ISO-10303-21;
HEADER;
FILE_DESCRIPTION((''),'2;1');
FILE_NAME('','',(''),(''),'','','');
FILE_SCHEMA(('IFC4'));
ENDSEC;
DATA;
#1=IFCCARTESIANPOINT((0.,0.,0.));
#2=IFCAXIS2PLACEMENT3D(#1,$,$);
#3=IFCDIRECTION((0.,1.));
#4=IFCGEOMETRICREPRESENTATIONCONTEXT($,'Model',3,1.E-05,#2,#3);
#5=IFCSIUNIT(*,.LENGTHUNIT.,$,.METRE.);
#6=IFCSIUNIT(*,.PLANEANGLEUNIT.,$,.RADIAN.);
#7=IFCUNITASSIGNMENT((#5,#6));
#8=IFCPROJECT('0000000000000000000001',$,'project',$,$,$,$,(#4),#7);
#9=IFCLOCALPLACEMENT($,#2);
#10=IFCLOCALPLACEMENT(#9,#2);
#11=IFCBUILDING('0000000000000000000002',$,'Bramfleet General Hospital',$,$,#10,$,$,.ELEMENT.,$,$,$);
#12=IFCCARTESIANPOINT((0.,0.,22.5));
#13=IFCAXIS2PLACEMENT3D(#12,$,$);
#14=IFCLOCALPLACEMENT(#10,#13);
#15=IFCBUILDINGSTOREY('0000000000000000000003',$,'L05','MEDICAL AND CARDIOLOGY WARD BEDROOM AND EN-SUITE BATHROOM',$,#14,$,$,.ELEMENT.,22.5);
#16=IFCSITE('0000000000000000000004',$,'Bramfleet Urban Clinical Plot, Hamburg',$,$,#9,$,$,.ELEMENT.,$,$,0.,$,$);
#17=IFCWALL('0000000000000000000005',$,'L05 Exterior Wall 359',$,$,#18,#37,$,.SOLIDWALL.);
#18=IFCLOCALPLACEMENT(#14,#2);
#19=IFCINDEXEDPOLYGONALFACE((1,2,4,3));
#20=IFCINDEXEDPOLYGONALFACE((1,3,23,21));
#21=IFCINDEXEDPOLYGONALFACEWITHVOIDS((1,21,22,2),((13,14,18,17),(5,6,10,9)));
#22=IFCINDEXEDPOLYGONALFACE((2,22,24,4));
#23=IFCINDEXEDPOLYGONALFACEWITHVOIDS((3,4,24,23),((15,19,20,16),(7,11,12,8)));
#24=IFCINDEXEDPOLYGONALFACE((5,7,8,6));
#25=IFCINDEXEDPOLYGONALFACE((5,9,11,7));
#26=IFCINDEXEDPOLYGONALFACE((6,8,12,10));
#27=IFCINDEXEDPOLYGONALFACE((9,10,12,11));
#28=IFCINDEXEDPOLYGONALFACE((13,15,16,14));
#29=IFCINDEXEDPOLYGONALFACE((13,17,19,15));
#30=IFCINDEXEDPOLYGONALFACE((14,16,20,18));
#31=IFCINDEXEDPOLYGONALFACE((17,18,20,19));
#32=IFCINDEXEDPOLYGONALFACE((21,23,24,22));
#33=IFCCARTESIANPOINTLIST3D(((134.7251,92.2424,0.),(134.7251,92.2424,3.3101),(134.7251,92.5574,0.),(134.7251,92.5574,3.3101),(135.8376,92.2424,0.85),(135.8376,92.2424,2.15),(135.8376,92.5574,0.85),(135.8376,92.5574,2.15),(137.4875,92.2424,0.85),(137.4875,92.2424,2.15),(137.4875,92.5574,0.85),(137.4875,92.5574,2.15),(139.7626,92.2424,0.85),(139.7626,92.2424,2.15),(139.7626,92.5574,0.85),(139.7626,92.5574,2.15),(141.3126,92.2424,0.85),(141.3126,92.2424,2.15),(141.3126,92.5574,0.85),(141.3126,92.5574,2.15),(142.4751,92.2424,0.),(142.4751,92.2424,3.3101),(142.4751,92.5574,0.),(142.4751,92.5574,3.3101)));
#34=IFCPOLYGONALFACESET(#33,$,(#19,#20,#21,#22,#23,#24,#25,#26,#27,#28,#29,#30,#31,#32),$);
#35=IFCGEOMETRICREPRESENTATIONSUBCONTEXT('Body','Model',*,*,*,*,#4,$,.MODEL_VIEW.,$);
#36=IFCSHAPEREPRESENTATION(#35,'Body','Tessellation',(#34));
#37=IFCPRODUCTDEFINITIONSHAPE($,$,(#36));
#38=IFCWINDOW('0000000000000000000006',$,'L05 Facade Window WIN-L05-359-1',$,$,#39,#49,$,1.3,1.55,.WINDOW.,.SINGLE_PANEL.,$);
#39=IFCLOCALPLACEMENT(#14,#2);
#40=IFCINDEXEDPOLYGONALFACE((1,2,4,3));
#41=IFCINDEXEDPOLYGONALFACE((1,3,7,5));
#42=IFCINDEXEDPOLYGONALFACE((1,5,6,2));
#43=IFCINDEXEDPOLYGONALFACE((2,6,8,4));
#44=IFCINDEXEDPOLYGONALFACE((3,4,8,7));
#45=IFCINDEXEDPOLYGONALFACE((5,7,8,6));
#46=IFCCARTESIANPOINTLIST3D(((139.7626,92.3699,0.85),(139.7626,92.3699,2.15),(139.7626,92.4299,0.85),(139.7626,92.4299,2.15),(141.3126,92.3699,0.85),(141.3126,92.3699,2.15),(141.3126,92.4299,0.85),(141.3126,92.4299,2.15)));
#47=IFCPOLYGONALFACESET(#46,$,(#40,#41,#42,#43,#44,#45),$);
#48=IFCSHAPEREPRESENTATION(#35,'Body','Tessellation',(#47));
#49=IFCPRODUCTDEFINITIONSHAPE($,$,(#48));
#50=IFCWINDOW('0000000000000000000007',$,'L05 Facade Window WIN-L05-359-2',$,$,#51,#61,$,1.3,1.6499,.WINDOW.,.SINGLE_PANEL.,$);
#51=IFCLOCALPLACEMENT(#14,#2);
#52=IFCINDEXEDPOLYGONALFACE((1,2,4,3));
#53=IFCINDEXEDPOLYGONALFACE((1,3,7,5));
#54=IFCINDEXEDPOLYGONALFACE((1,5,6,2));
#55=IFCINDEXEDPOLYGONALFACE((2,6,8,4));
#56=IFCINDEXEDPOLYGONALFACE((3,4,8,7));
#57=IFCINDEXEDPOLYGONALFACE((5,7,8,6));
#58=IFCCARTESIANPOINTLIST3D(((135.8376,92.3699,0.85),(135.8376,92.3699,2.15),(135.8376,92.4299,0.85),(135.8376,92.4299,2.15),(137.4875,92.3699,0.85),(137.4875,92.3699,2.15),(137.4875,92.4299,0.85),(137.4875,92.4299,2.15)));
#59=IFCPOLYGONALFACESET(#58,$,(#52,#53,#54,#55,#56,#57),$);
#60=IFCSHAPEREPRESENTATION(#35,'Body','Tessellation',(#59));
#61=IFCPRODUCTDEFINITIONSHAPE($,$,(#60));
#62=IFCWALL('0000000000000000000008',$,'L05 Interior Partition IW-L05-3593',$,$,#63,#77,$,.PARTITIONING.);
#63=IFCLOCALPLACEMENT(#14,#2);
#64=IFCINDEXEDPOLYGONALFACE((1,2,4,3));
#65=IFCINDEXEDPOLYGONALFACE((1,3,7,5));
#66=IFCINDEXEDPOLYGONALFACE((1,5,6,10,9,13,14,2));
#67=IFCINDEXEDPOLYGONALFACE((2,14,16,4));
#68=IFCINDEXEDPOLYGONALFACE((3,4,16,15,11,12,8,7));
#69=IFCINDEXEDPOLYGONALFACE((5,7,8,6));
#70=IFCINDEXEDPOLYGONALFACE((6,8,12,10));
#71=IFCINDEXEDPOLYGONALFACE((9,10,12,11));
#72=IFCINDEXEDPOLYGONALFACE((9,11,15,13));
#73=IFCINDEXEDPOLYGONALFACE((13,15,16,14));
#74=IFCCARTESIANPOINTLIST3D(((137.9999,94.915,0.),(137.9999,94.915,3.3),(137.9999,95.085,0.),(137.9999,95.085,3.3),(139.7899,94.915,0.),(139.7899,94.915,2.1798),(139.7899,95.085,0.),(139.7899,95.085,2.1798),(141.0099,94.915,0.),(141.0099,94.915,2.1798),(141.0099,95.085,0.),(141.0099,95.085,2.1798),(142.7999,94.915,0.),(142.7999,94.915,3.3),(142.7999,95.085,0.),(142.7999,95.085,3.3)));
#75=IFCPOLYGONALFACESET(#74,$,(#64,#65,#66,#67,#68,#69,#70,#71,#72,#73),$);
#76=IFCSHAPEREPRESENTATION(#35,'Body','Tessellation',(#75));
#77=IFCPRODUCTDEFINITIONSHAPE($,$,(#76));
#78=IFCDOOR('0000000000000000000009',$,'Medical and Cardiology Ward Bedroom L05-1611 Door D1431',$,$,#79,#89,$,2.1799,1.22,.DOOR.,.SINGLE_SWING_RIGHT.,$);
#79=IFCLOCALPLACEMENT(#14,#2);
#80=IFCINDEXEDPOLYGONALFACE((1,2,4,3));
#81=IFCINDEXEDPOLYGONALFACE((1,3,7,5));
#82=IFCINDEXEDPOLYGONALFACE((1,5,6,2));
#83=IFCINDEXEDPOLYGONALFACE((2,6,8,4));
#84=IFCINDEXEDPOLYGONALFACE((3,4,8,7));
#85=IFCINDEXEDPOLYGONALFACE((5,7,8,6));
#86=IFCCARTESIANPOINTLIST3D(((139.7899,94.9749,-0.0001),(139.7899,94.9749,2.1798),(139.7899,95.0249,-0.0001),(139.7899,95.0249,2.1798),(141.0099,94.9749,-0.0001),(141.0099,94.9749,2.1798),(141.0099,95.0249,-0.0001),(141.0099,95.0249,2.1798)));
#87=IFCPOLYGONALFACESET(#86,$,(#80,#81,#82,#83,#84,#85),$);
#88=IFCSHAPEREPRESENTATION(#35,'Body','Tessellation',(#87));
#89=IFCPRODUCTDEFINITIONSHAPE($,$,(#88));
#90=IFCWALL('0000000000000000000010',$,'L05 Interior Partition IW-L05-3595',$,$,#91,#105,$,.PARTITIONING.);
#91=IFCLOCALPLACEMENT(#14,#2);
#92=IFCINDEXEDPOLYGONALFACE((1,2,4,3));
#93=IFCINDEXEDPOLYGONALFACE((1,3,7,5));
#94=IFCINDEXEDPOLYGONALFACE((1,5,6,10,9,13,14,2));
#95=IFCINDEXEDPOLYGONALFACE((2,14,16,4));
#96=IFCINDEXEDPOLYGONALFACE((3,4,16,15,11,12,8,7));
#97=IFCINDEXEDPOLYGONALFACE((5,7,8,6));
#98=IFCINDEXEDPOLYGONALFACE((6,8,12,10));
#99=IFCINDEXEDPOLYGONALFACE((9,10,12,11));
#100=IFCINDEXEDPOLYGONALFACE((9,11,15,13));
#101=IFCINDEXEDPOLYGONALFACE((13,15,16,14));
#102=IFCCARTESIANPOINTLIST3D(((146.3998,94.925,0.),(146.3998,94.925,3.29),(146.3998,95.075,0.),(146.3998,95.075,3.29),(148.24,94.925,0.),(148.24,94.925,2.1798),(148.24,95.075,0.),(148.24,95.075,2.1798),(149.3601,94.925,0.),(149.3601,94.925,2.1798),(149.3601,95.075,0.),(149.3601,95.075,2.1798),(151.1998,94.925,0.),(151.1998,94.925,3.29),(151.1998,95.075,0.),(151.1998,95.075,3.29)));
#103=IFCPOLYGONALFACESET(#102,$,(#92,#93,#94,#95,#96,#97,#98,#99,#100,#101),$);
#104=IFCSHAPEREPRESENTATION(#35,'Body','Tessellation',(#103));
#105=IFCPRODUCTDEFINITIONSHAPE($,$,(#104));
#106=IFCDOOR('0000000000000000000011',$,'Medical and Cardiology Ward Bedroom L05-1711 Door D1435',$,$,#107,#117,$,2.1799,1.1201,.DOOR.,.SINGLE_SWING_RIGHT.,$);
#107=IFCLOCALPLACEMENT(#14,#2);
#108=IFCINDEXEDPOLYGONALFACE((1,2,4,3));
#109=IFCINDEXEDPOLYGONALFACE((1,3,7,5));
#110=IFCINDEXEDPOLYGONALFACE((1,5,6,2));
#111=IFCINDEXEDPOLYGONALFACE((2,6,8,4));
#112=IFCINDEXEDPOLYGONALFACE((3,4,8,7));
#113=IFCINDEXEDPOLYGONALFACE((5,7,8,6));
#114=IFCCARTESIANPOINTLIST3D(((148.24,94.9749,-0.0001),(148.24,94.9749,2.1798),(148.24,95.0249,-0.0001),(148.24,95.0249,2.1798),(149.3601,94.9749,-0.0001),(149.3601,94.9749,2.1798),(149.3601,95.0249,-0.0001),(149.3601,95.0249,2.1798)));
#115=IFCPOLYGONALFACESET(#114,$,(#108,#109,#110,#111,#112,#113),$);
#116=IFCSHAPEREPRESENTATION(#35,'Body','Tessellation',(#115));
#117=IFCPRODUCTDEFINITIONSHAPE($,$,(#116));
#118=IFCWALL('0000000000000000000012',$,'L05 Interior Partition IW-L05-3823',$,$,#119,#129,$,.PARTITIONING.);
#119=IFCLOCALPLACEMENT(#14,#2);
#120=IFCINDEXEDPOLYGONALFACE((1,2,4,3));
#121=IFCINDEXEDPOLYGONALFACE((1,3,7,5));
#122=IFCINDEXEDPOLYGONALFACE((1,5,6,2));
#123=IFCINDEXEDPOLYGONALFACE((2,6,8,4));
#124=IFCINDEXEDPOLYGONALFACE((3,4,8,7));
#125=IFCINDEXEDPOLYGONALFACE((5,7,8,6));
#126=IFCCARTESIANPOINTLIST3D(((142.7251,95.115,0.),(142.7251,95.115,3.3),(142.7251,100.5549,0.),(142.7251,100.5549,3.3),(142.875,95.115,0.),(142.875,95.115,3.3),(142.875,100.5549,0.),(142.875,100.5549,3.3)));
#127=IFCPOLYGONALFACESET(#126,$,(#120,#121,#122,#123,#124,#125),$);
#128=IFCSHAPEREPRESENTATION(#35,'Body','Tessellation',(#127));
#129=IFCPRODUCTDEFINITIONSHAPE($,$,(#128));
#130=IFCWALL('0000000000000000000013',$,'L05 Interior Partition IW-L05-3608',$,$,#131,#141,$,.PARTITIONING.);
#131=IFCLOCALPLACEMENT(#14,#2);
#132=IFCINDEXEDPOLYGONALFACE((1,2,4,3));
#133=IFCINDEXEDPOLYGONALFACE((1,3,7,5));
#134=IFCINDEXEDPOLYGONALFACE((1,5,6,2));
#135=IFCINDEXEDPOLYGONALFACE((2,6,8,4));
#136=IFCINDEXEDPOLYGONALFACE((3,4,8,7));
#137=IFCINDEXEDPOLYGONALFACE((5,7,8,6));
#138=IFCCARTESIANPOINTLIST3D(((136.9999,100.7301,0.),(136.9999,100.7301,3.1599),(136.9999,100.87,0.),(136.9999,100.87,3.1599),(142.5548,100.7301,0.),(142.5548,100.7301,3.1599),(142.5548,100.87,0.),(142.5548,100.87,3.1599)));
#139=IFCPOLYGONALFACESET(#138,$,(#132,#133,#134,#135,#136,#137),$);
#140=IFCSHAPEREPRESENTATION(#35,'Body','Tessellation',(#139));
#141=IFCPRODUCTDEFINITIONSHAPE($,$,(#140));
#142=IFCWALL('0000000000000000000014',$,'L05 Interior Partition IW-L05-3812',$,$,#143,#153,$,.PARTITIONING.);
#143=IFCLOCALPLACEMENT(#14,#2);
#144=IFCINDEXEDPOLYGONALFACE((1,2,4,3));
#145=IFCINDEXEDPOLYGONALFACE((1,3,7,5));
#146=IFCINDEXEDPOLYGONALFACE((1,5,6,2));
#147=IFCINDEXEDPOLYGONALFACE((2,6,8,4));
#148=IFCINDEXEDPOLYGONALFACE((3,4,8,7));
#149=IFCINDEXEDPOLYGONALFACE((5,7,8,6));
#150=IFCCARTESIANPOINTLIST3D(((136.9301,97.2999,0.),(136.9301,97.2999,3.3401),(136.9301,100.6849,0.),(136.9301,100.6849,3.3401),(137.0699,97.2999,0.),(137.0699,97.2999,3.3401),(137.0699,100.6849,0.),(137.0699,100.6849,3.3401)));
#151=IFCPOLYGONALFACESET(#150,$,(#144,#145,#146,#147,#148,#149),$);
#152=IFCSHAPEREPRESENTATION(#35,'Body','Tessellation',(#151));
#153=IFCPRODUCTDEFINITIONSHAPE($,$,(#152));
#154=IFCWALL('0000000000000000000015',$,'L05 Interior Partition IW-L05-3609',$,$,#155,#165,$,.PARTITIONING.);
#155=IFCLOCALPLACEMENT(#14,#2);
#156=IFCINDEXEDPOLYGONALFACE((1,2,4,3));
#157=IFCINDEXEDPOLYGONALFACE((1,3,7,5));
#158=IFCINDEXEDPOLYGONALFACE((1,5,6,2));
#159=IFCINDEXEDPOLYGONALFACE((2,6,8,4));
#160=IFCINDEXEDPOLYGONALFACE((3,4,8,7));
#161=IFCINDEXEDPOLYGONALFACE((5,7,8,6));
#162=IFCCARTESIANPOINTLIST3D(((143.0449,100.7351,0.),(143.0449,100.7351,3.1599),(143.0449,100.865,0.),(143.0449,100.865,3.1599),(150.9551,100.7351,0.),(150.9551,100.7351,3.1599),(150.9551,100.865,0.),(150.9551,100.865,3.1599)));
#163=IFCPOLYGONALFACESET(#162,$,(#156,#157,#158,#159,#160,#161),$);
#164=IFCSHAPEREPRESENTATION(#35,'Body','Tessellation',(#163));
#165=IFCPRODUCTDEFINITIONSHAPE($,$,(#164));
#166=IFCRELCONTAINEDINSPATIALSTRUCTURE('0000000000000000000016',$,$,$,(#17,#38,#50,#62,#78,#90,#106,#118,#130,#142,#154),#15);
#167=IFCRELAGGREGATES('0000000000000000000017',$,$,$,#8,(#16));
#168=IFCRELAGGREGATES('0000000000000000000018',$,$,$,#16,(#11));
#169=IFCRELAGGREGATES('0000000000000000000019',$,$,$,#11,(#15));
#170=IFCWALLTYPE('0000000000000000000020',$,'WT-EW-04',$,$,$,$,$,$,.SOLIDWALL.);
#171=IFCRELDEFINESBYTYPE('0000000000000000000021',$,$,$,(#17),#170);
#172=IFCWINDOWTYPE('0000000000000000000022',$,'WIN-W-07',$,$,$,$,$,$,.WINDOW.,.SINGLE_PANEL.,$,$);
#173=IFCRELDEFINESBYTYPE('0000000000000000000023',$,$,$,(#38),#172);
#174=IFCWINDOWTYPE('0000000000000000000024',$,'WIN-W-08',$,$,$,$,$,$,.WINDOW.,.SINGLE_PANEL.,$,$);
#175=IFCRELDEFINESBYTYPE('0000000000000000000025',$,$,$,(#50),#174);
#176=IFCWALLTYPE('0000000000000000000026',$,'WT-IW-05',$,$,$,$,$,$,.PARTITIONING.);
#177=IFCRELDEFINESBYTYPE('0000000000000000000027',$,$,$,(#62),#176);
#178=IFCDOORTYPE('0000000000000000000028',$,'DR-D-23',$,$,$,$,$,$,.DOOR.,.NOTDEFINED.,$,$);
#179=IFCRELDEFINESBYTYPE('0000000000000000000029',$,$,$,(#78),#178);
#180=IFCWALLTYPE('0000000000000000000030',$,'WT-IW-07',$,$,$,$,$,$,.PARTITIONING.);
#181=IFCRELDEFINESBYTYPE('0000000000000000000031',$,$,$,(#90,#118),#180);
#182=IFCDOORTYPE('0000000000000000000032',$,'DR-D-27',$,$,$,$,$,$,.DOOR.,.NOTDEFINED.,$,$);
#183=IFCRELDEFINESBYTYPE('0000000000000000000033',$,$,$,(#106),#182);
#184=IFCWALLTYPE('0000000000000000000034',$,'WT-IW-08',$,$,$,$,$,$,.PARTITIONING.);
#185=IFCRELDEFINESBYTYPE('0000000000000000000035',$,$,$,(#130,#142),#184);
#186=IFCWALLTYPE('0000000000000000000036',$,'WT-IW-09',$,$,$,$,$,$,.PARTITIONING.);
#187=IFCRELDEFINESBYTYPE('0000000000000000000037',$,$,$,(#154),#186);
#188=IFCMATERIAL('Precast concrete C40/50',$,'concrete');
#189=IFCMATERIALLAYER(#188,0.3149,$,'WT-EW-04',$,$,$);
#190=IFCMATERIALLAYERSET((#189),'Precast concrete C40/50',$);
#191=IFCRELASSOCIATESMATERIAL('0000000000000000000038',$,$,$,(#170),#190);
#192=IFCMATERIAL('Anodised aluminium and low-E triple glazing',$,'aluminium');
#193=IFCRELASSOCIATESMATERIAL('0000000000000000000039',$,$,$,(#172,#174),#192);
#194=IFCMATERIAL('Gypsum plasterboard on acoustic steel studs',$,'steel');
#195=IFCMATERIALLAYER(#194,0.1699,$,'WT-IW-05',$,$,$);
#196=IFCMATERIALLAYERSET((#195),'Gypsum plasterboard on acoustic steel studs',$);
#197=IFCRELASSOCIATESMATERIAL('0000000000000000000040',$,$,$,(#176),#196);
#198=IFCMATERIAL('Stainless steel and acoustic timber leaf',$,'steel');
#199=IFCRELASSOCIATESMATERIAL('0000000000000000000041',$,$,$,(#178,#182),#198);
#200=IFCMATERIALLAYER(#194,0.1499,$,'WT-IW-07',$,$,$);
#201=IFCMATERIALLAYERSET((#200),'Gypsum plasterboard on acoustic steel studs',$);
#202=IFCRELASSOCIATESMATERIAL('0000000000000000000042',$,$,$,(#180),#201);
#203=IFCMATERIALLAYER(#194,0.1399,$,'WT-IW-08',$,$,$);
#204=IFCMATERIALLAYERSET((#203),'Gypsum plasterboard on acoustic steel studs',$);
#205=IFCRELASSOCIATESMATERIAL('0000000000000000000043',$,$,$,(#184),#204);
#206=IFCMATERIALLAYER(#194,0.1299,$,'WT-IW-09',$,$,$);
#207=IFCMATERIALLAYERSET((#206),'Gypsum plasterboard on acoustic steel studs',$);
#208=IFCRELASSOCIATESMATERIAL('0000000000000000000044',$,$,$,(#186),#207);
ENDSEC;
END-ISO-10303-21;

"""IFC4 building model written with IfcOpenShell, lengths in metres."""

from ifc_helpers import new_model, si_unit, direction, frame, frame_2d, origin, place, context, subcontext, project, spatial, rectangle, extrude, material, layer, layer_set, type_object, element, fill, save


model = new_model("IFC4")

# Units and contexts
model_context = context("Model", 3, precision=1e-05, world=origin(), true_north=direction((0.0, 1.0)))
body_context = subcontext(model_context, "Body", "Model", "MODEL_VIEW")
ifc_project = project(units=[si_unit("LENGTHUNIT", "METRE"), si_unit("PLANEANGLEUNIT", "RADIAN")], contexts=[model_context])

# Site, building, storey
site_placement = place(None, origin())
site = spatial("IfcSite", under=ifc_project, at=site_placement, Name="Bramfleet Urban Clinical Plot, Hamburg", CompositionType="ELEMENT", RefElevation=0.0)
building_placement = place(site_placement, origin())
building = spatial("IfcBuilding", under=site, at=building_placement, Name="Bramfleet General Hospital", CompositionType="ELEMENT")
storey_placement = place(building_placement, frame((0.0, 0.0, 22.5)))
storey = spatial("IfcBuildingStorey", under=building, at=storey_placement, Name="L05", Description="MEDICAL AND CARDIOLOGY WARD BEDROOM AND EN-SUITE BATHROOM", CompositionType="ELEMENT", Elevation=22.5)

# Wall, openings, windows
ifc_material_1 = material(Name="Precast concrete C40/50", Category="concrete")
ifc_layer_1 = layer(ifc_material_1, 0.3149, Name="WT-EW-04")
ifc_layer_set_1 = layer_set([ifc_layer_1], Name="Precast concrete C40/50")
wall_type_1 = type_object("IfcWallType", Name="WT-EW-04", PredefinedType="SOLIDWALL", material=ifc_layer_set_1)
wall_1_placement = place(storey_placement, frame((142.4751, 92.3999, 0.0), z_axis=(0.0, 0.0, 1.0), x_axis=(-1.0, 0.0, 0.0)))
wall_1 = element("IfcWall", 1, at=wall_1_placement, inside=storey, type_object=wall_type_1, Name="L05 Exterior Wall 359", PredefinedType="SOLIDWALL", context=body_context, shape_type="SweptSolid", body=[
    extrude(rectangle(XDim=7.75, YDim=0.3149, at=frame_2d((3.875, 0.0))), origin(), (0.0, 0.0, 1.0), 3.3101),
])
opening_1_placement = place(wall_1_placement, frame((1.1626, 0.0, 0.8501)))
opening_1 = element("IfcOpeningElement", 2, at=opening_1_placement, cuts=wall_1, PredefinedType="OPENING", context=body_context, shape_type="SweptSolid", body=[
    extrude(rectangle(XDim=1.55, YDim=1.3, at=frame_2d((0.7749, 0.6499))), frame((0.0, 0.1675, 0.0), z_axis=(0.0, -1.0, 0.0), x_axis=(1.0, 0.0, 0.0)), (0.0, 0.0, 1.0), 0.335),
])
opening_2_placement = place(wall_1_placement, frame((4.9875, 0.0, 0.8501)))
opening_2 = element("IfcOpeningElement", 3, at=opening_2_placement, cuts=wall_1, PredefinedType="OPENING", context=body_context, shape_type="SweptSolid", body=[
    extrude(rectangle(XDim=1.6499, YDim=1.3, at=frame_2d((0.825, 0.6499))), frame((0.0, 0.1675, 0.0), z_axis=(0.0, -1.0, 0.0), x_axis=(1.0, 0.0, 0.0)), (0.0, 0.0, 1.0), 0.335),
])
ifc_material_2 = material(Name="Anodised aluminium and low-E triple glazing", Category="aluminium")
window_type_1 = type_object("IfcWindowType", Name="WIN-W-07", PartitioningType="SINGLE_PANEL", PredefinedType="WINDOW", material=ifc_material_2)
window_1_placement = place(opening_1_placement, origin())
window_1 = element("IfcWindow", 4, at=window_1_placement, inside=storey, type_object=window_type_1, Name="L05 Facade Window WIN-L05-359-1", OverallHeight=1.3, OverallWidth=1.55, PartitioningType="SINGLE_PANEL", PredefinedType="WINDOW", context=body_context, shape_type="SweptSolid", body=[
    extrude(rectangle(XDim=1.55, YDim=1.3, at=frame_2d((0.7749, 0.6499))), frame((0.0, 0.03, 0.0), z_axis=(0.0, -1.0, 0.0), x_axis=(1.0, 0.0, 0.0)), (0.0, 0.0, 1.0), 0.0601),
])
fill(opening_1, window_1)
window_type_2 = type_object("IfcWindowType", Name="WIN-W-08", PartitioningType="SINGLE_PANEL", PredefinedType="WINDOW", material=ifc_material_2)
window_2_placement = place(opening_2_placement, origin())
window_2 = element("IfcWindow", 5, at=window_2_placement, inside=storey, type_object=window_type_2, Name="L05 Facade Window WIN-L05-359-2", OverallHeight=1.3, OverallWidth=1.6499, PartitioningType="SINGLE_PANEL", PredefinedType="WINDOW", context=body_context, shape_type="SweptSolid", body=[
    extrude(rectangle(XDim=1.6499, YDim=1.3, at=frame_2d((0.825, 0.6499))), frame((0.0, 0.03, 0.0), z_axis=(0.0, -1.0, 0.0), x_axis=(1.0, 0.0, 0.0)), (0.0, 0.0, 1.0), 0.0601),
])
fill(opening_2, window_2)

# Walls, openings, doors
ifc_material_3 = material(Name="Gypsum plasterboard on acoustic steel studs", Category="steel")
ifc_layer_2 = layer(ifc_material_3, 0.1699, Name="WT-IW-05")
ifc_layer_set_2 = layer_set([ifc_layer_2], Name="Gypsum plasterboard on acoustic steel studs")
wall_type_2 = type_object("IfcWallType", Name="WT-IW-05", PredefinedType="PARTITIONING", material=ifc_layer_set_2)
wall_2_placement = place(storey_placement, frame((138.0, 95.0, 0.0), z_axis=(0.0, 0.0, 1.0), x_axis=(1.0, 0.0, 0.0)))
wall_2 = element("IfcWall", 6, at=wall_2_placement, inside=storey, type_object=wall_type_2, Name="L05 Interior Partition IW-L05-3593", PredefinedType="PARTITIONING", context=body_context, shape_type="SweptSolid", body=[
    extrude(rectangle(XDim=4.8, YDim=0.1699, at=frame_2d((2.3999, 0.0))), origin(), (0.0, 0.0, 1.0), 3.3),
])
opening_3_placement = place(wall_2_placement, frame((1.79, 0.0, 0.0)))
opening_3 = element("IfcOpeningElement", 7, at=opening_3_placement, cuts=wall_2, PredefinedType="OPENING", context=body_context, shape_type="SweptSolid", body=[
    extrude(rectangle(XDim=1.22, YDim=2.1799, at=frame_2d((0.6099, 1.0898))), frame((0.0, 0.095, 0.0), z_axis=(0.0, -1.0, 0.0), x_axis=(1.0, 0.0, 0.0)), (0.0, 0.0, 1.0), 0.1899),
])
ifc_material_4 = material(Name="Stainless steel and acoustic timber leaf", Category="steel")
door_type_1 = type_object("IfcDoorType", Name="DR-D-23", OperationType="NOTDEFINED", PredefinedType="DOOR", material=ifc_material_4)
door_1_placement = place(opening_3_placement, origin())
door_1 = element("IfcDoor", 8, at=door_1_placement, inside=storey, type_object=door_type_1, Name="Medical and Cardiology Ward Bedroom L05-1611 Door D1431", OperationType="SINGLE_SWING_RIGHT", OverallHeight=2.1799, OverallWidth=1.22, PredefinedType="DOOR", context=body_context, shape_type="SweptSolid", body=[
    extrude(rectangle(XDim=1.22, YDim=2.1799, at=frame_2d((0.6099, 1.0898))), frame((0.0, 0.0249, 0.0), z_axis=(0.0, -1.0, 0.0), x_axis=(1.0, 0.0, 0.0)), (0.0, 0.0, 1.0), 0.05),
])
fill(opening_3, door_1)
ifc_layer_3 = layer(ifc_material_3, 0.1499, Name="WT-IW-07")
ifc_layer_set_3 = layer_set([ifc_layer_3], Name="Gypsum plasterboard on acoustic steel studs")
wall_type_3 = type_object("IfcWallType", Name="WT-IW-07", PredefinedType="PARTITIONING", material=ifc_layer_set_3)
wall_3_placement = place(storey_placement, frame((146.3999, 95.0, 0.0), z_axis=(0.0, 0.0, 1.0), x_axis=(1.0, 0.0, 0.0)))
wall_3 = element("IfcWall", 9, at=wall_3_placement, inside=storey, type_object=wall_type_3, Name="L05 Interior Partition IW-L05-3595", PredefinedType="PARTITIONING", context=body_context, shape_type="SweptSolid", body=[
    extrude(rectangle(XDim=4.8, YDim=0.1499, at=frame_2d((2.3999, 0.0))), origin(), (0.0, 0.0, 1.0), 3.29),
])
opening_4_placement = place(wall_3_placement, frame((1.8401, 0.0, 0.0)))
opening_4 = element("IfcOpeningElement", 10, at=opening_4_placement, cuts=wall_3, PredefinedType="OPENING", context=body_context, shape_type="SweptSolid", body=[
    extrude(rectangle(XDim=1.1201, YDim=2.1799, at=frame_2d((0.5601, 1.0898))), frame((0.0, 0.085, 0.0), z_axis=(0.0, -1.0, 0.0), x_axis=(1.0, 0.0, 0.0)), (0.0, 0.0, 1.0), 0.1699),
])
door_type_2 = type_object("IfcDoorType", Name="DR-D-27", OperationType="NOTDEFINED", PredefinedType="DOOR", material=ifc_material_4)
door_2_placement = place(opening_4_placement, origin())
door_2 = element("IfcDoor", 11, at=door_2_placement, inside=storey, type_object=door_type_2, Name="Medical and Cardiology Ward Bedroom L05-1711 Door D1435", OperationType="SINGLE_SWING_RIGHT", OverallHeight=2.1799, OverallWidth=1.1201, PredefinedType="DOOR", context=body_context, shape_type="SweptSolid", body=[
    extrude(rectangle(XDim=1.1201, YDim=2.1799, at=frame_2d((0.5601, 1.0898))), frame((0.0, 0.0249, 0.0), z_axis=(0.0, -1.0, 0.0), x_axis=(1.0, 0.0, 0.0)), (0.0, 0.0, 1.0), 0.05),
])
fill(opening_4, door_2)

# Walls
wall_4_placement = place(storey_placement, frame((142.8, 95.115, 0.0), z_axis=(0.0, 0.0, 1.0), x_axis=(0.0, 1.0, 0.0)))
element("IfcWall", 12, at=wall_4_placement, inside=storey, type_object=wall_type_3, Name="L05 Interior Partition IW-L05-3823", PredefinedType="PARTITIONING", context=body_context, shape_type="SweptSolid", body=[
    extrude(rectangle(XDim=5.4399, YDim=0.1499, at=frame_2d((2.72, 0.0))), origin(), (0.0, 0.0, 1.0), 3.3),
])
ifc_layer_4 = layer(ifc_material_3, 0.1399, Name="WT-IW-08")
ifc_layer_set_4 = layer_set([ifc_layer_4], Name="Gypsum plasterboard on acoustic steel studs")
wall_type_4 = type_object("IfcWallType", Name="WT-IW-08", PredefinedType="PARTITIONING", material=ifc_layer_set_4)
wall_5_placement = place(storey_placement, frame((137.0, 100.8, 0.0), z_axis=(0.0, 0.0, 1.0), x_axis=(1.0, 0.0, 0.0)))
element("IfcWall", 13, at=wall_5_placement, inside=storey, type_object=wall_type_4, Name="L05 Interior Partition IW-L05-3608", PredefinedType="PARTITIONING", context=body_context, shape_type="SweptSolid", body=[
    extrude(rectangle(XDim=5.5549, YDim=0.1399, at=frame_2d((2.7773, 0.0))), origin(), (0.0, 0.0, 1.0), 3.1599),
])
wall_6_placement = place(storey_placement, frame((137.0, 97.3, 0.0), z_axis=(0.0, 0.0, 1.0), x_axis=(0.0, 1.0, 0.0)))
element("IfcWall", 14, at=wall_6_placement, inside=storey, type_object=wall_type_4, Name="L05 Interior Partition IW-L05-3812", PredefinedType="PARTITIONING", context=body_context, shape_type="SweptSolid", body=[
    extrude(rectangle(XDim=3.385, YDim=0.1399, at=frame_2d((1.6924, 0.0))), origin(), (0.0, 0.0, 1.0), 3.3401),
])
ifc_layer_5 = layer(ifc_material_3, 0.1299, Name="WT-IW-09")
ifc_layer_set_5 = layer_set([ifc_layer_5], Name="Gypsum plasterboard on acoustic steel studs")
wall_type_5 = type_object("IfcWallType", Name="WT-IW-09", PredefinedType="PARTITIONING", material=ifc_layer_set_5)
wall_7_placement = place(storey_placement, frame((143.0449, 100.8, 0.0), z_axis=(0.0, 0.0, 1.0), x_axis=(1.0, 0.0, 0.0)))
element("IfcWall", 15, at=wall_7_placement, inside=storey, type_object=wall_type_5, Name="L05 Interior Partition IW-L05-3609", PredefinedType="PARTITIONING", context=body_context, shape_type="SweptSolid", body=[
    extrude(rectangle(XDim=7.9102, YDim=0.1299, at=frame_2d((3.9551, 0.0))), origin(), (0.0, 0.0, 1.0), 3.1599),
])

save(model, "model.ifc")
